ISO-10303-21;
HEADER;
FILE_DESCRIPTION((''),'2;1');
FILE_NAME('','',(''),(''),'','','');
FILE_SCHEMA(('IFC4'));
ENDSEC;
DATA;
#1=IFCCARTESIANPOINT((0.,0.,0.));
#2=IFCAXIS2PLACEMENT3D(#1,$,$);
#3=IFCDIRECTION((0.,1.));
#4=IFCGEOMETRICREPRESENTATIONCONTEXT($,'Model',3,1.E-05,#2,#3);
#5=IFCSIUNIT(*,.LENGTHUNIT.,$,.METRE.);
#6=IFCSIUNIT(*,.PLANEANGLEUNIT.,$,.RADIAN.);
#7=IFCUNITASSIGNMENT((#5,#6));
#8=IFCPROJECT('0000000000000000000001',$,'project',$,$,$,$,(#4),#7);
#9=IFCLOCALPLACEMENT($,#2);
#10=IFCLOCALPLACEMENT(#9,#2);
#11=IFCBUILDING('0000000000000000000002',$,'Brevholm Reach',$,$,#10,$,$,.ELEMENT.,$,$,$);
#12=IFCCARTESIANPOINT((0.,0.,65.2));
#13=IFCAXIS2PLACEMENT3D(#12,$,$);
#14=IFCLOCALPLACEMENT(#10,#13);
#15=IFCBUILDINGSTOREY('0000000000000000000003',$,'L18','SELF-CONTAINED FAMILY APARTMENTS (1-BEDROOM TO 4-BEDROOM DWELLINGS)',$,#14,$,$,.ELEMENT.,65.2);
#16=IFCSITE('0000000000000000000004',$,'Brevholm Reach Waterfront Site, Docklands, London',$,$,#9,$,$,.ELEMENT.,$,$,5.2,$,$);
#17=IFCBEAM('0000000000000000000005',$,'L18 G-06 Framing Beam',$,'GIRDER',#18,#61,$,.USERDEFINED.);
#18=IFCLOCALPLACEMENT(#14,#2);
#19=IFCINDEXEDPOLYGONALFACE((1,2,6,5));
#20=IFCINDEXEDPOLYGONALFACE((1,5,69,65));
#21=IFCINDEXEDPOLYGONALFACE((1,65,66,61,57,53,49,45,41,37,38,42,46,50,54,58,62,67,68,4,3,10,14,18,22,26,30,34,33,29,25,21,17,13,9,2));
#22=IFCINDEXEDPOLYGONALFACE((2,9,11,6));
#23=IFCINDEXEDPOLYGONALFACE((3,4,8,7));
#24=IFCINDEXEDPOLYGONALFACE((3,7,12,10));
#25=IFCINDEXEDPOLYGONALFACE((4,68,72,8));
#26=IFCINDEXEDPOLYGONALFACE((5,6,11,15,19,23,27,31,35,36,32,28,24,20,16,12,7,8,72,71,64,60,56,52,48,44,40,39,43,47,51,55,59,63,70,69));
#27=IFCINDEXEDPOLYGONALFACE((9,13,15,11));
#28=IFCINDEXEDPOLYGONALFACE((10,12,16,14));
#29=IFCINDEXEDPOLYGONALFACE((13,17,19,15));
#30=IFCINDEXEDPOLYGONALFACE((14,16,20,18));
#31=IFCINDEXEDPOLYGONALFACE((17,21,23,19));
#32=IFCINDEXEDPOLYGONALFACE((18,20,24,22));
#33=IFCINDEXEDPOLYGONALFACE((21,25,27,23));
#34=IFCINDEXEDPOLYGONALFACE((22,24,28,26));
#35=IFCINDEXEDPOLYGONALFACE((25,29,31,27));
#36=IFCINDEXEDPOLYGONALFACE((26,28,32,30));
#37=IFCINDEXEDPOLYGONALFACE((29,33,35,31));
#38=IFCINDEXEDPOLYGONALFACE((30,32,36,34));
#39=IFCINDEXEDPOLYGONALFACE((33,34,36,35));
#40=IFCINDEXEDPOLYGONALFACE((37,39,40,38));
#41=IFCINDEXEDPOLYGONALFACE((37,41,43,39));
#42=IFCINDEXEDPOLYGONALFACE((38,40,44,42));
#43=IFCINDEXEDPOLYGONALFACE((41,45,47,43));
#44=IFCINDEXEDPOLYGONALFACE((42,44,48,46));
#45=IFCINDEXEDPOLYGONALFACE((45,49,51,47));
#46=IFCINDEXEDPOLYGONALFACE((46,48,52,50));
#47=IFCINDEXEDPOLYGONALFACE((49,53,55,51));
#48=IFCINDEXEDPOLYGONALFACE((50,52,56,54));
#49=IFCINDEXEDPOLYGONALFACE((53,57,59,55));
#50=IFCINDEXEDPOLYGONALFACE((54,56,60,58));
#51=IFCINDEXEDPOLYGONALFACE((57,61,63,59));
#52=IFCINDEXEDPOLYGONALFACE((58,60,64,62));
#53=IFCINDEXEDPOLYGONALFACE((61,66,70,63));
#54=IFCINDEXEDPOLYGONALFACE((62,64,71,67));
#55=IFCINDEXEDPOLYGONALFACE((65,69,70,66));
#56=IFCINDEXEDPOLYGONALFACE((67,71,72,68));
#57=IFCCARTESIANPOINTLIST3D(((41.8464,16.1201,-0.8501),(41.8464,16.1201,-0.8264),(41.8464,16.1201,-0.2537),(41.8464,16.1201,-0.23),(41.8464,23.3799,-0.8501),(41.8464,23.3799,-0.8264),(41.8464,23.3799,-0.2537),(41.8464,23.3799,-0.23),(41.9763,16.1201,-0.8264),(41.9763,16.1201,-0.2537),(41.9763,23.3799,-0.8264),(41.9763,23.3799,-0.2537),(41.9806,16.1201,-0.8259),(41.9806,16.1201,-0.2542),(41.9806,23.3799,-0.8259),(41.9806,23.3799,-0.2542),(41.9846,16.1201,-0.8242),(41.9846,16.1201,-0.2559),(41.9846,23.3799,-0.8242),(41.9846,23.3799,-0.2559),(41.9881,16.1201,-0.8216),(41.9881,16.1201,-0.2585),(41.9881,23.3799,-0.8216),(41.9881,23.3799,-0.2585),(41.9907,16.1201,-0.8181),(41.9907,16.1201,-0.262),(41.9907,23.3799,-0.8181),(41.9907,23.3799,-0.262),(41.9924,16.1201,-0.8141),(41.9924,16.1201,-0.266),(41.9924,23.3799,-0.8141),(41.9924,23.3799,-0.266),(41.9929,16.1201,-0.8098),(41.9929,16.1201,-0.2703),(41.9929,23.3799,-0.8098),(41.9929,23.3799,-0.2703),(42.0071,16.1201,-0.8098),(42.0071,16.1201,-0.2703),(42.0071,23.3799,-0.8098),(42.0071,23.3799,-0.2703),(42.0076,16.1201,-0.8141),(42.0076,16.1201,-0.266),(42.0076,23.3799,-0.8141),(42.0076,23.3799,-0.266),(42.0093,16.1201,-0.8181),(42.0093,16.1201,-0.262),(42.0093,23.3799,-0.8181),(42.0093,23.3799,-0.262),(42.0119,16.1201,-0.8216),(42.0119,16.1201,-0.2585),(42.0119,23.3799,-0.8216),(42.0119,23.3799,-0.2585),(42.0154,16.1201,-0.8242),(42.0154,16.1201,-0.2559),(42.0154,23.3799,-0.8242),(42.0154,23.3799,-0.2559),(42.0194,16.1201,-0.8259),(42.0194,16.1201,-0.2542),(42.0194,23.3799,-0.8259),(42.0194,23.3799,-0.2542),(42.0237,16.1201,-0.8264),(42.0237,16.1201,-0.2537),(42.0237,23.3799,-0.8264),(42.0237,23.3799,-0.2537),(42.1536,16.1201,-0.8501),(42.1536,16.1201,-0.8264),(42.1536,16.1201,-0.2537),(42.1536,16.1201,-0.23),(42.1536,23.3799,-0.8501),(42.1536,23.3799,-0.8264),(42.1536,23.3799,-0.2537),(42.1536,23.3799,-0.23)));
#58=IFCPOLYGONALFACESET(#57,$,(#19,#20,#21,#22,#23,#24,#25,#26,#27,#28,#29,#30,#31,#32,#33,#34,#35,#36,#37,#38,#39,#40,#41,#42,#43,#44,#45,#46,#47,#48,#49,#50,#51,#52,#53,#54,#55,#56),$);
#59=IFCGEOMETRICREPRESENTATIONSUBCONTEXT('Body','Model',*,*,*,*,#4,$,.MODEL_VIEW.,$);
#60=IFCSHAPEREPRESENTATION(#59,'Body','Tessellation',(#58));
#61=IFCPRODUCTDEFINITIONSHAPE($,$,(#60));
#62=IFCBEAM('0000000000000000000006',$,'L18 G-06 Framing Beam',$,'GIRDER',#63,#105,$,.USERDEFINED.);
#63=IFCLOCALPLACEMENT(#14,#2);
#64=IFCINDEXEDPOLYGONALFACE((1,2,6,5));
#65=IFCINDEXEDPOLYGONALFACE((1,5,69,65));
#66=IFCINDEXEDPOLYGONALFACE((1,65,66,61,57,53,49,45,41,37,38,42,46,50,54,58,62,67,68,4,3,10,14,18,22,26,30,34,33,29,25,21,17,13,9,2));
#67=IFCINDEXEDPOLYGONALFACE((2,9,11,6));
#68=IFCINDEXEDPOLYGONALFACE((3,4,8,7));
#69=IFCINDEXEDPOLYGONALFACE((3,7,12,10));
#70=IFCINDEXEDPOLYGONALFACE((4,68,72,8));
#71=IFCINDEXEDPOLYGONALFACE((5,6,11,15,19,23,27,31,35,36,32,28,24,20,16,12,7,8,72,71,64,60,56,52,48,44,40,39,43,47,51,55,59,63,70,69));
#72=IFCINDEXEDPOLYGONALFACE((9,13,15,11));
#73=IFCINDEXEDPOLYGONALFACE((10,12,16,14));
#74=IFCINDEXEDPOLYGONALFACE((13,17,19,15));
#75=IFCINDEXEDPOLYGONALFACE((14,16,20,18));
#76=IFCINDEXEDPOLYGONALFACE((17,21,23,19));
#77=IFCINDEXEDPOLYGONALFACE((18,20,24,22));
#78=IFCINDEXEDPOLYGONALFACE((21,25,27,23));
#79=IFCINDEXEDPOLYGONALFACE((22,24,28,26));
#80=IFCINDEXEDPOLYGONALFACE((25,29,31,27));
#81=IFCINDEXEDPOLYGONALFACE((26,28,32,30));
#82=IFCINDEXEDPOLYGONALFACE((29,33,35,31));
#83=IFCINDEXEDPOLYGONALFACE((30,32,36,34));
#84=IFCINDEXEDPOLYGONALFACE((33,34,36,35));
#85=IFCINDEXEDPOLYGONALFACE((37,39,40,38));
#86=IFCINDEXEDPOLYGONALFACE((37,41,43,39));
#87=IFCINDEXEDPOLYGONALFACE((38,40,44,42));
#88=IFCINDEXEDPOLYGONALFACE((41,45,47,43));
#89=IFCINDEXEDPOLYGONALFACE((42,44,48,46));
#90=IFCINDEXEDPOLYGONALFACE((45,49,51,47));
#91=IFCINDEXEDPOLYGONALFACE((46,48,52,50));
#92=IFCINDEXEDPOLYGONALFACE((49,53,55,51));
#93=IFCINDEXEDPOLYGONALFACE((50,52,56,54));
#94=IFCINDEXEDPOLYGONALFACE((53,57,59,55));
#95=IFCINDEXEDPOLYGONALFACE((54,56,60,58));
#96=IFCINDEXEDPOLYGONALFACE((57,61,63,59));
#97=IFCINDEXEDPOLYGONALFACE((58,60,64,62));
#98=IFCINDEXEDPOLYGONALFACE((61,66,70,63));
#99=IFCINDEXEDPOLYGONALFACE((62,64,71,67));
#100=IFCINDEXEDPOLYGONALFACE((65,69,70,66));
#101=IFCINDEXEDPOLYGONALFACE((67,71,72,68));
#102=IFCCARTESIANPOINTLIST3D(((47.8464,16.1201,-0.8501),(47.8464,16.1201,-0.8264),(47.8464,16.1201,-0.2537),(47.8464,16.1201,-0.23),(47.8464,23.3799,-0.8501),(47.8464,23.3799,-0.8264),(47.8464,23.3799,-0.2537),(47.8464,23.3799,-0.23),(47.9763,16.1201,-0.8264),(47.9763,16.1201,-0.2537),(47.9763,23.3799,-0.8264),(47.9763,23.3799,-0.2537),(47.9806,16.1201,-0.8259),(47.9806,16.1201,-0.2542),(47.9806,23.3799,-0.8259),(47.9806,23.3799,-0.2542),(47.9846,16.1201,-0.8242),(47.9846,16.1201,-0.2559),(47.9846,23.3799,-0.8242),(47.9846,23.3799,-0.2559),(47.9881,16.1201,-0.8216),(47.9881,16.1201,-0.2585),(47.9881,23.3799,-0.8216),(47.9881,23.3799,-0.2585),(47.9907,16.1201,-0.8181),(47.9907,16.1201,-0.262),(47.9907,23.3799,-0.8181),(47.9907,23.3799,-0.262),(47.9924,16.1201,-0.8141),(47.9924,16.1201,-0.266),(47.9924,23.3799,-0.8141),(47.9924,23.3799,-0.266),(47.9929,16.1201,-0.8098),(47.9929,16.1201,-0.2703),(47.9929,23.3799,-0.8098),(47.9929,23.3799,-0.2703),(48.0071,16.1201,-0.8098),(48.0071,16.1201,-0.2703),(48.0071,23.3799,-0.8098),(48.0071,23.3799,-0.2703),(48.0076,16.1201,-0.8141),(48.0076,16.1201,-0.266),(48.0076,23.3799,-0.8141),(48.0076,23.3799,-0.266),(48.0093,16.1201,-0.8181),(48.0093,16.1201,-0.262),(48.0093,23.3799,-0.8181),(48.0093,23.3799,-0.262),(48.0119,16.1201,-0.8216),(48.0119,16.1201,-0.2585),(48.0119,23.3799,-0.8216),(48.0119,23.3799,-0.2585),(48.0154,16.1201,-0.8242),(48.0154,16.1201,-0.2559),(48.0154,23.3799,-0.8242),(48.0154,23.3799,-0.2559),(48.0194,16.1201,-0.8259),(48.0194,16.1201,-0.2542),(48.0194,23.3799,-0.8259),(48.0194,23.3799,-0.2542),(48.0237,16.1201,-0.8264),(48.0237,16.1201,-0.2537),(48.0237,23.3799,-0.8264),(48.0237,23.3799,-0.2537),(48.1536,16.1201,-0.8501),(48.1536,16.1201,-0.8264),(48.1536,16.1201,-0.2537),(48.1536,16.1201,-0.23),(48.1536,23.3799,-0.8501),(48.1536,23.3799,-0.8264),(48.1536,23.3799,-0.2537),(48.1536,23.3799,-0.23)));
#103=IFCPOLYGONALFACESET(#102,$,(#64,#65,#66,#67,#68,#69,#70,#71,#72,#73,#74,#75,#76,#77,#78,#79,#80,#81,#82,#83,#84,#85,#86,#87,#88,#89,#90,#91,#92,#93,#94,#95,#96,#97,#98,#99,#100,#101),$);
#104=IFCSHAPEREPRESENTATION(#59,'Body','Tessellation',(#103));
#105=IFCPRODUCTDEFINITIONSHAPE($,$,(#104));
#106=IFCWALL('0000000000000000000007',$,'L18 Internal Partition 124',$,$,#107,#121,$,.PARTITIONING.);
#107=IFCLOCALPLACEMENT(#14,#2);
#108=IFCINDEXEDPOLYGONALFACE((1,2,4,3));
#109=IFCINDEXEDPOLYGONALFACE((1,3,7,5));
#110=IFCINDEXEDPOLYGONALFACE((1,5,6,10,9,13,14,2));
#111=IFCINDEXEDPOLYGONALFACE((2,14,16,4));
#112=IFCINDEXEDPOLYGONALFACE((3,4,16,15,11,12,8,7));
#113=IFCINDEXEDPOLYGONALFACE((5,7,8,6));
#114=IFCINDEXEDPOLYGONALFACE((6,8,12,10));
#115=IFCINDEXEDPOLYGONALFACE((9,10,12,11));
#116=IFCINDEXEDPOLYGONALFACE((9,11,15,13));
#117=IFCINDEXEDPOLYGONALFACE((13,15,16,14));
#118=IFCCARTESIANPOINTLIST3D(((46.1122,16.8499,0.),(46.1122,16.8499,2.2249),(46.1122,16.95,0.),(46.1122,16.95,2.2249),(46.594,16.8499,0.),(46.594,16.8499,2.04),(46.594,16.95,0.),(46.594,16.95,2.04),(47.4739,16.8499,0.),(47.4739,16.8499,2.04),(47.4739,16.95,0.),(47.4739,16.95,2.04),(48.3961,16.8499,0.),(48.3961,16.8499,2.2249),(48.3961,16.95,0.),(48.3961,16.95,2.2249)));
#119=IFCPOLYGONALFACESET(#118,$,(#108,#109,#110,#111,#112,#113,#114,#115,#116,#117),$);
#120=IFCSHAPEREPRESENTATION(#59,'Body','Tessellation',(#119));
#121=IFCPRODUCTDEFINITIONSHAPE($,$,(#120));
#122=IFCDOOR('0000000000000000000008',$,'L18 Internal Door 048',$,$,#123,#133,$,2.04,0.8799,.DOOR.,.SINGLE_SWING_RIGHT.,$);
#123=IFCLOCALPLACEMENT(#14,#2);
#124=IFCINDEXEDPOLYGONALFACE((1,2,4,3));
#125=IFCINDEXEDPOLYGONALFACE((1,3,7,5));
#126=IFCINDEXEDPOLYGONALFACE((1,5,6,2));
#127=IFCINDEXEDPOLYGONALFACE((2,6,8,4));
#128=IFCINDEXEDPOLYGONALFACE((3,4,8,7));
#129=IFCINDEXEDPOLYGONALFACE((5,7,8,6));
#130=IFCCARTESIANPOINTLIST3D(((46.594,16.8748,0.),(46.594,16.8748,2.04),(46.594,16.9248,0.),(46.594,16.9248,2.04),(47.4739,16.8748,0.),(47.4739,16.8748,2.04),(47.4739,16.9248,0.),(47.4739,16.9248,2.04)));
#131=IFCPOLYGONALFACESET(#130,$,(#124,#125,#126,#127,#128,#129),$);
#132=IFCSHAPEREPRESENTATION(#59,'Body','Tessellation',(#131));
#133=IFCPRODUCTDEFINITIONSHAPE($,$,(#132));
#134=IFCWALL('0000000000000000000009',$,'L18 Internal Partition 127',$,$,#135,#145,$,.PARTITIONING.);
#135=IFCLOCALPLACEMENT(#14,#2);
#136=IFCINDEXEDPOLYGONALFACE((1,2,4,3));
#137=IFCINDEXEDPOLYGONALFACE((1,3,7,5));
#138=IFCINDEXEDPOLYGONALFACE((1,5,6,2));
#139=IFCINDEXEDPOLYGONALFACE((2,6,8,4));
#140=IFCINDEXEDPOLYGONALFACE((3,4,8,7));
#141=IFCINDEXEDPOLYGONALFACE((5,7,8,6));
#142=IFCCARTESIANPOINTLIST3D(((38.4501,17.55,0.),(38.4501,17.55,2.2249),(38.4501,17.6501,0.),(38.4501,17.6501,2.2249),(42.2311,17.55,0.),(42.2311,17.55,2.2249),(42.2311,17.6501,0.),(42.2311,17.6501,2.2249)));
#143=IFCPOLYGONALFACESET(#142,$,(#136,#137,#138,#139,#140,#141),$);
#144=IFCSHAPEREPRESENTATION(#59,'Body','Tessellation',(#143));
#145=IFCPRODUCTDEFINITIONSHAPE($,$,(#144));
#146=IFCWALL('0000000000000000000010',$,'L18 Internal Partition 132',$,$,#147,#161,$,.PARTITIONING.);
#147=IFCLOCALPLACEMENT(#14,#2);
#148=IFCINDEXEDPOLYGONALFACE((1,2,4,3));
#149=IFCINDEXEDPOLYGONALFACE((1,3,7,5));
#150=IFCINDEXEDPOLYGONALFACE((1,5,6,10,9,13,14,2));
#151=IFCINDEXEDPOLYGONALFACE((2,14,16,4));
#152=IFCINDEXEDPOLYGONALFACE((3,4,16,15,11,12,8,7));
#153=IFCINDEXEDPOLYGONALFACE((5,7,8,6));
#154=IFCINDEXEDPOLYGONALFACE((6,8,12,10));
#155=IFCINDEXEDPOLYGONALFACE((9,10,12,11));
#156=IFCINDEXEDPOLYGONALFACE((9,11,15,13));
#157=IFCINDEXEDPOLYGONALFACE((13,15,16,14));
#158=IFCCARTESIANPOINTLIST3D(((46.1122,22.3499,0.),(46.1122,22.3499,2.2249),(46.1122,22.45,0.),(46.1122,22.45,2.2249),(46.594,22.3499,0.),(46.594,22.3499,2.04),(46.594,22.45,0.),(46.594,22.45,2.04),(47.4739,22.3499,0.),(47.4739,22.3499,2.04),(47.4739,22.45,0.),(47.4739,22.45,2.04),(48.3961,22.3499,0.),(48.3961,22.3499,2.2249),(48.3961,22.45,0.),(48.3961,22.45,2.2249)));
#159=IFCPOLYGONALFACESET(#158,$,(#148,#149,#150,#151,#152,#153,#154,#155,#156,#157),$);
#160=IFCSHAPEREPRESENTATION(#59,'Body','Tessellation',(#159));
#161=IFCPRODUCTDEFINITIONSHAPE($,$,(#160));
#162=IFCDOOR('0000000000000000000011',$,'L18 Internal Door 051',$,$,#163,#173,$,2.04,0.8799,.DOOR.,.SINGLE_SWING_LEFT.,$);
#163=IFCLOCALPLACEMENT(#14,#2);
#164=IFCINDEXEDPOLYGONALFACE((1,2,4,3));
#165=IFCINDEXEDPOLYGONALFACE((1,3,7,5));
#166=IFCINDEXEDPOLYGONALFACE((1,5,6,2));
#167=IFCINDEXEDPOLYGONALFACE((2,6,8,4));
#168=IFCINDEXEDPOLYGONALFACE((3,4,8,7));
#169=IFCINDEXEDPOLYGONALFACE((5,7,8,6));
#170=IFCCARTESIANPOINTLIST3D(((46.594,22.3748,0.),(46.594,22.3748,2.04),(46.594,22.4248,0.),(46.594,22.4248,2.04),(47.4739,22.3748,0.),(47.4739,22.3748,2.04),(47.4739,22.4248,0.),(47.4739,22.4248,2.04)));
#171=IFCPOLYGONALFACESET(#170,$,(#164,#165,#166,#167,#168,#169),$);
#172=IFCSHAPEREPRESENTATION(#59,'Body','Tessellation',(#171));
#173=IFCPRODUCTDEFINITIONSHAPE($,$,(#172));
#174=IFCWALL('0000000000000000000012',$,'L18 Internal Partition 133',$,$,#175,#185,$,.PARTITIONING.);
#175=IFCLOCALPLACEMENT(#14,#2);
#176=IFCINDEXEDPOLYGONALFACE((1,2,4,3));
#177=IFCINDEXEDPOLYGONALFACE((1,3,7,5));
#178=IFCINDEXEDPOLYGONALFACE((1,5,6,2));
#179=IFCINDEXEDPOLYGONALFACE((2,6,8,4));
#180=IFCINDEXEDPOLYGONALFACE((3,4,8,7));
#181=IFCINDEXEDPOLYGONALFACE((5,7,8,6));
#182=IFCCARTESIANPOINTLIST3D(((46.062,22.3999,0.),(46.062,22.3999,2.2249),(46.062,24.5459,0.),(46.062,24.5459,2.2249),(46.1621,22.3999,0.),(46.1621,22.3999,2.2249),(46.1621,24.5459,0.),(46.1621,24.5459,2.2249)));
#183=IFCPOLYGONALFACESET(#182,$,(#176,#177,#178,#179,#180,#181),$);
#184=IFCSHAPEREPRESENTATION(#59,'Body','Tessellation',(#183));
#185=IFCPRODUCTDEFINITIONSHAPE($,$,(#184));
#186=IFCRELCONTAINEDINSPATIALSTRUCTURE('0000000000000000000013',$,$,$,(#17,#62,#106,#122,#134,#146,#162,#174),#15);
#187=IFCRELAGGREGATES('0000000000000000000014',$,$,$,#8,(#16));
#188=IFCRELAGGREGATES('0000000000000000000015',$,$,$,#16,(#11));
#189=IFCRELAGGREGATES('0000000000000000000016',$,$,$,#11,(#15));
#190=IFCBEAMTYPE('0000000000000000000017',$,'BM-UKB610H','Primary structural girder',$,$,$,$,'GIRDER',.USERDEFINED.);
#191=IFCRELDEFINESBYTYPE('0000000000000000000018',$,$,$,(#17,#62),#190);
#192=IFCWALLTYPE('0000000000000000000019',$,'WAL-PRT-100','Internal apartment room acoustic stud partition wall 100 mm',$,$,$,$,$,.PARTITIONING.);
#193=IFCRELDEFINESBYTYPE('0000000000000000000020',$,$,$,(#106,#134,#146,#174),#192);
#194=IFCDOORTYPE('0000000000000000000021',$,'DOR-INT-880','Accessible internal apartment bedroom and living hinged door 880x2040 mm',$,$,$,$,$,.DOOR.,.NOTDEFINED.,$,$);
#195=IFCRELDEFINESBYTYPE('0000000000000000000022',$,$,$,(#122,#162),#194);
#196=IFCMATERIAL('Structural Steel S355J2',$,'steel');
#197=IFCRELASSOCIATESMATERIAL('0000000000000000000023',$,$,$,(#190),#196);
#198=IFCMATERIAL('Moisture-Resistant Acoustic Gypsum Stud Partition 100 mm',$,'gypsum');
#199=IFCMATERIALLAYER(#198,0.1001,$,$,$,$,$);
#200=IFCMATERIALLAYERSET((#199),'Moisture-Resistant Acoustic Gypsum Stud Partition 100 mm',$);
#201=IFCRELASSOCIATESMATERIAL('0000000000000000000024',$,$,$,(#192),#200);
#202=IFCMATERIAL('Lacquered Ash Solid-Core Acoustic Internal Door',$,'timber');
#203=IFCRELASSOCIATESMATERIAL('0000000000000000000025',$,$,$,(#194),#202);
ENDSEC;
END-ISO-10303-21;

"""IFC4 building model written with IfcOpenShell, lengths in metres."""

from ifc_helpers import new_model, si_unit, direction, frame, frame_2d, origin, origin_2d, place, context, subcontext, project, spatial, rectangle, i_section, extrude, material, layer, layer_set, material_profile, profile_set, type_object, element, fill, save


model = new_model("IFC4")

# Units and contexts
model_context = context("Model", 3, precision=1e-05, world=origin(), true_north=direction((0.0, 1.0)))
body_context = subcontext(model_context, "Body", "Model", "MODEL_VIEW")
ifc_project = project(units=[si_unit("LENGTHUNIT", "METRE"), si_unit("PLANEANGLEUNIT", "RADIAN")], contexts=[model_context])

# Site, building, storey
site_placement = place(None, origin())
site = spatial("IfcSite", under=ifc_project, at=site_placement, Name="Brevholm Reach Waterfront Site, Docklands, London", CompositionType="ELEMENT", RefElevation=5.2)
building_placement = place(site_placement, origin())
building = spatial("IfcBuilding", under=site, at=building_placement, Name="Brevholm Reach", CompositionType="ELEMENT")
storey_placement = place(building_placement, frame((0.0, 0.0, 65.2)))
storey = spatial("IfcBuildingStorey", under=building, at=storey_placement, Name="L18", Description="SELF-CONTAINED FAMILY APARTMENTS (1-BEDROOM TO 4-BEDROOM DWELLINGS)", CompositionType="ELEMENT", Elevation=65.2)

# Beams
ifc_material_1 = material(Name="Structural Steel S355J2", Category="steel")
ifc_material_profile_1 = material_profile(ifc_material_1, i_section(OverallWidth=0.3071, OverallDepth=0.6201, WebThickness=0.0142, FlangeThickness=0.0237, FilletRadius=0.0166, at=origin_2d()), Name="UKB 610x305x179")
ifc_profile_set_1 = profile_set([ifc_material_profile_1], Name="Structural Steel S355J2")
beam_type_1 = type_object("IfcBeamType", Name="BM-UKB610H", Description="Primary structural girder", ElementType="GIRDER", PredefinedType="USERDEFINED", material=ifc_profile_set_1)
for number, where, z_axis, x_axis, name in (
    (1, (42.0, 16.1201, -0.54), (0.0, 1.0, 0.0), (-1.0, 0.0, 0.0), "L18 G-06 Framing Beam"),
    (2, (48.0, 16.1201, -0.54), (0.0, 1.0, 0.0), (-1.0, 0.0, 0.0), "L18 G-06 Framing Beam"),
):
    element("IfcBeam", number, at=place(storey_placement, frame(where, z_axis=z_axis, x_axis=x_axis)), inside=storey, type_object=beam_type_1, Name=name, ObjectType="GIRDER", PredefinedType="USERDEFINED", context=body_context, shape_type="SweptSolid", body=[
        extrude(i_section(OverallWidth=0.3071, OverallDepth=0.6201, WebThickness=0.0142, FlangeThickness=0.0237, FilletRadius=0.0166, at=origin_2d()), origin(), (0.0, 0.0, 1.0), 7.2598),
    ])

# Wall, opening, door
ifc_material_2 = material(Name="Moisture-Resistant Acoustic Gypsum Stud Partition 100 mm", Category="gypsum")
ifc_layer_1 = layer(ifc_material_2, 0.1001)
ifc_layer_set_1 = layer_set([ifc_layer_1], Name="Moisture-Resistant Acoustic Gypsum Stud Partition 100 mm")
wall_type_1 = type_object("IfcWallType", Name="WAL-PRT-100", Description="Internal apartment room acoustic stud partition wall 100 mm", PredefinedType="PARTITIONING", material=ifc_layer_set_1)
wall_1_placement = place(storey_placement, frame((46.1121, 16.8999, 0.0), z_axis=(0.0, 0.0, 1.0), x_axis=(1.0, 0.0, 0.0)))
wall_1 = element("IfcWall", 3, at=wall_1_placement, inside=storey, type_object=wall_type_1, Name="L18 Internal Partition 124", PredefinedType="PARTITIONING", context=body_context, shape_type="SweptSolid", body=[
    extrude(rectangle(XDim=2.2839, YDim=0.1001, at=frame_2d((1.1421, 0.0))), origin(), (0.0, 0.0, 1.0), 2.2249),
])
opening_1_placement = place(wall_1_placement, frame((0.4819, 0.0, 0.0)))
opening_1 = element("IfcOpeningElement", 4, at=opening_1_placement, cuts=wall_1, PredefinedType="OPENING", context=body_context, shape_type="SweptSolid", body=[
    extrude(rectangle(XDim=0.8799, YDim=2.04, at=frame_2d((0.4399, 1.02))), frame((0.0, 0.0601, 0.0), z_axis=(0.0, -1.0, 0.0), x_axis=(1.0, 0.0, 0.0)), (0.0, 0.0, 1.0), 0.1201),
])
ifc_material_3 = material(Name="Lacquered Ash Solid-Core Acoustic Internal Door", Category="timber")
door_type = type_object("IfcDoorType", Name="DOR-INT-880", Description="Accessible internal apartment bedroom and living hinged door 880x2040 mm", OperationType="NOTDEFINED", PredefinedType="DOOR", material=ifc_material_3)
door_1_placement = place(opening_1_placement, origin())
door_1 = element("IfcDoor", 5, at=door_1_placement, inside=storey, type_object=door_type, Name="L18 Internal Door 048", OperationType="SINGLE_SWING_RIGHT", OverallHeight=2.04, OverallWidth=0.8799, PredefinedType="DOOR", context=body_context, shape_type="SweptSolid", body=[
    extrude(rectangle(XDim=0.8799, YDim=2.04, at=frame_2d((0.4399, 1.02))), frame((0.0, 0.0249, 0.0), z_axis=(0.0, -1.0, 0.0), x_axis=(1.0, 0.0, 0.0)), (0.0, 0.0, 1.0), 0.05),
])
fill(opening_1, door_1)

# Wall
wall_2_placement = place(storey_placement, frame((38.45, 17.6001, 0.0), z_axis=(0.0, 0.0, 1.0), x_axis=(1.0, 0.0, 0.0)))
element("IfcWall", 6, at=wall_2_placement, inside=storey, type_object=wall_type_1, Name="L18 Internal Partition 127", PredefinedType="PARTITIONING", context=body_context, shape_type="SweptSolid", body=[
    extrude(rectangle(XDim=3.781, YDim=0.1001, at=frame_2d((1.8906, 0.0))), origin(), (0.0, 0.0, 1.0), 2.2249),
])

# Wall, opening, door
wall_3_placement = place(storey_placement, frame((46.1121, 22.3999, 0.0), z_axis=(0.0, 0.0, 1.0), x_axis=(1.0, 0.0, 0.0)))
wall_3 = element("IfcWall", 7, at=wall_3_placement, inside=storey, type_object=wall_type_1, Name="L18 Internal Partition 132", PredefinedType="PARTITIONING", context=body_context, shape_type="SweptSolid", body=[
    extrude(rectangle(XDim=2.2839, YDim=0.1001, at=frame_2d((1.1421, 0.0))), origin(), (0.0, 0.0, 1.0), 2.2249),
])
opening_2_placement = place(wall_3_placement, frame((0.4819, 0.0, 0.0)))
opening_2 = element("IfcOpeningElement", 8, at=opening_2_placement, cuts=wall_3, PredefinedType="OPENING", context=body_context, shape_type="SweptSolid", body=[
    extrude(rectangle(XDim=0.8799, YDim=2.04, at=frame_2d((0.4399, 1.02))), frame((0.0, 0.0601, 0.0), z_axis=(0.0, -1.0, 0.0), x_axis=(1.0, 0.0, 0.0)), (0.0, 0.0, 1.0), 0.1201),
])
door_2_placement = place(opening_2_placement, origin())
door_2 = element("IfcDoor", 9, at=door_2_placement, inside=storey, type_object=door_type, Name="L18 Internal Door 051", OperationType="SINGLE_SWING_LEFT", OverallHeight=2.04, OverallWidth=0.8799, PredefinedType="DOOR", context=body_context, shape_type="SweptSolid", body=[
    extrude(rectangle(XDim=0.8799, YDim=2.04, at=frame_2d((0.4399, 1.02))), frame((0.0, 0.0249, 0.0), z_axis=(0.0, -1.0, 0.0), x_axis=(1.0, 0.0, 0.0)), (0.0, 0.0, 1.0), 0.05),
])
fill(opening_2, door_2)

# Wall
wall_4_placement = place(storey_placement, frame((46.1121, 22.3999, 0.0), z_axis=(0.0, 0.0, 1.0), x_axis=(0.0, 1.0, 0.0)))
element("IfcWall", 10, at=wall_4_placement, inside=storey, type_object=wall_type_1, Name="L18 Internal Partition 133", PredefinedType="PARTITIONING", context=body_context, shape_type="SweptSolid", body=[
    extrude(rectangle(XDim=2.146, YDim=0.1001, at=frame_2d((1.073, 0.0))), origin(), (0.0, 0.0, 1.0), 2.2249),
])

save(model, "model.ifc")
